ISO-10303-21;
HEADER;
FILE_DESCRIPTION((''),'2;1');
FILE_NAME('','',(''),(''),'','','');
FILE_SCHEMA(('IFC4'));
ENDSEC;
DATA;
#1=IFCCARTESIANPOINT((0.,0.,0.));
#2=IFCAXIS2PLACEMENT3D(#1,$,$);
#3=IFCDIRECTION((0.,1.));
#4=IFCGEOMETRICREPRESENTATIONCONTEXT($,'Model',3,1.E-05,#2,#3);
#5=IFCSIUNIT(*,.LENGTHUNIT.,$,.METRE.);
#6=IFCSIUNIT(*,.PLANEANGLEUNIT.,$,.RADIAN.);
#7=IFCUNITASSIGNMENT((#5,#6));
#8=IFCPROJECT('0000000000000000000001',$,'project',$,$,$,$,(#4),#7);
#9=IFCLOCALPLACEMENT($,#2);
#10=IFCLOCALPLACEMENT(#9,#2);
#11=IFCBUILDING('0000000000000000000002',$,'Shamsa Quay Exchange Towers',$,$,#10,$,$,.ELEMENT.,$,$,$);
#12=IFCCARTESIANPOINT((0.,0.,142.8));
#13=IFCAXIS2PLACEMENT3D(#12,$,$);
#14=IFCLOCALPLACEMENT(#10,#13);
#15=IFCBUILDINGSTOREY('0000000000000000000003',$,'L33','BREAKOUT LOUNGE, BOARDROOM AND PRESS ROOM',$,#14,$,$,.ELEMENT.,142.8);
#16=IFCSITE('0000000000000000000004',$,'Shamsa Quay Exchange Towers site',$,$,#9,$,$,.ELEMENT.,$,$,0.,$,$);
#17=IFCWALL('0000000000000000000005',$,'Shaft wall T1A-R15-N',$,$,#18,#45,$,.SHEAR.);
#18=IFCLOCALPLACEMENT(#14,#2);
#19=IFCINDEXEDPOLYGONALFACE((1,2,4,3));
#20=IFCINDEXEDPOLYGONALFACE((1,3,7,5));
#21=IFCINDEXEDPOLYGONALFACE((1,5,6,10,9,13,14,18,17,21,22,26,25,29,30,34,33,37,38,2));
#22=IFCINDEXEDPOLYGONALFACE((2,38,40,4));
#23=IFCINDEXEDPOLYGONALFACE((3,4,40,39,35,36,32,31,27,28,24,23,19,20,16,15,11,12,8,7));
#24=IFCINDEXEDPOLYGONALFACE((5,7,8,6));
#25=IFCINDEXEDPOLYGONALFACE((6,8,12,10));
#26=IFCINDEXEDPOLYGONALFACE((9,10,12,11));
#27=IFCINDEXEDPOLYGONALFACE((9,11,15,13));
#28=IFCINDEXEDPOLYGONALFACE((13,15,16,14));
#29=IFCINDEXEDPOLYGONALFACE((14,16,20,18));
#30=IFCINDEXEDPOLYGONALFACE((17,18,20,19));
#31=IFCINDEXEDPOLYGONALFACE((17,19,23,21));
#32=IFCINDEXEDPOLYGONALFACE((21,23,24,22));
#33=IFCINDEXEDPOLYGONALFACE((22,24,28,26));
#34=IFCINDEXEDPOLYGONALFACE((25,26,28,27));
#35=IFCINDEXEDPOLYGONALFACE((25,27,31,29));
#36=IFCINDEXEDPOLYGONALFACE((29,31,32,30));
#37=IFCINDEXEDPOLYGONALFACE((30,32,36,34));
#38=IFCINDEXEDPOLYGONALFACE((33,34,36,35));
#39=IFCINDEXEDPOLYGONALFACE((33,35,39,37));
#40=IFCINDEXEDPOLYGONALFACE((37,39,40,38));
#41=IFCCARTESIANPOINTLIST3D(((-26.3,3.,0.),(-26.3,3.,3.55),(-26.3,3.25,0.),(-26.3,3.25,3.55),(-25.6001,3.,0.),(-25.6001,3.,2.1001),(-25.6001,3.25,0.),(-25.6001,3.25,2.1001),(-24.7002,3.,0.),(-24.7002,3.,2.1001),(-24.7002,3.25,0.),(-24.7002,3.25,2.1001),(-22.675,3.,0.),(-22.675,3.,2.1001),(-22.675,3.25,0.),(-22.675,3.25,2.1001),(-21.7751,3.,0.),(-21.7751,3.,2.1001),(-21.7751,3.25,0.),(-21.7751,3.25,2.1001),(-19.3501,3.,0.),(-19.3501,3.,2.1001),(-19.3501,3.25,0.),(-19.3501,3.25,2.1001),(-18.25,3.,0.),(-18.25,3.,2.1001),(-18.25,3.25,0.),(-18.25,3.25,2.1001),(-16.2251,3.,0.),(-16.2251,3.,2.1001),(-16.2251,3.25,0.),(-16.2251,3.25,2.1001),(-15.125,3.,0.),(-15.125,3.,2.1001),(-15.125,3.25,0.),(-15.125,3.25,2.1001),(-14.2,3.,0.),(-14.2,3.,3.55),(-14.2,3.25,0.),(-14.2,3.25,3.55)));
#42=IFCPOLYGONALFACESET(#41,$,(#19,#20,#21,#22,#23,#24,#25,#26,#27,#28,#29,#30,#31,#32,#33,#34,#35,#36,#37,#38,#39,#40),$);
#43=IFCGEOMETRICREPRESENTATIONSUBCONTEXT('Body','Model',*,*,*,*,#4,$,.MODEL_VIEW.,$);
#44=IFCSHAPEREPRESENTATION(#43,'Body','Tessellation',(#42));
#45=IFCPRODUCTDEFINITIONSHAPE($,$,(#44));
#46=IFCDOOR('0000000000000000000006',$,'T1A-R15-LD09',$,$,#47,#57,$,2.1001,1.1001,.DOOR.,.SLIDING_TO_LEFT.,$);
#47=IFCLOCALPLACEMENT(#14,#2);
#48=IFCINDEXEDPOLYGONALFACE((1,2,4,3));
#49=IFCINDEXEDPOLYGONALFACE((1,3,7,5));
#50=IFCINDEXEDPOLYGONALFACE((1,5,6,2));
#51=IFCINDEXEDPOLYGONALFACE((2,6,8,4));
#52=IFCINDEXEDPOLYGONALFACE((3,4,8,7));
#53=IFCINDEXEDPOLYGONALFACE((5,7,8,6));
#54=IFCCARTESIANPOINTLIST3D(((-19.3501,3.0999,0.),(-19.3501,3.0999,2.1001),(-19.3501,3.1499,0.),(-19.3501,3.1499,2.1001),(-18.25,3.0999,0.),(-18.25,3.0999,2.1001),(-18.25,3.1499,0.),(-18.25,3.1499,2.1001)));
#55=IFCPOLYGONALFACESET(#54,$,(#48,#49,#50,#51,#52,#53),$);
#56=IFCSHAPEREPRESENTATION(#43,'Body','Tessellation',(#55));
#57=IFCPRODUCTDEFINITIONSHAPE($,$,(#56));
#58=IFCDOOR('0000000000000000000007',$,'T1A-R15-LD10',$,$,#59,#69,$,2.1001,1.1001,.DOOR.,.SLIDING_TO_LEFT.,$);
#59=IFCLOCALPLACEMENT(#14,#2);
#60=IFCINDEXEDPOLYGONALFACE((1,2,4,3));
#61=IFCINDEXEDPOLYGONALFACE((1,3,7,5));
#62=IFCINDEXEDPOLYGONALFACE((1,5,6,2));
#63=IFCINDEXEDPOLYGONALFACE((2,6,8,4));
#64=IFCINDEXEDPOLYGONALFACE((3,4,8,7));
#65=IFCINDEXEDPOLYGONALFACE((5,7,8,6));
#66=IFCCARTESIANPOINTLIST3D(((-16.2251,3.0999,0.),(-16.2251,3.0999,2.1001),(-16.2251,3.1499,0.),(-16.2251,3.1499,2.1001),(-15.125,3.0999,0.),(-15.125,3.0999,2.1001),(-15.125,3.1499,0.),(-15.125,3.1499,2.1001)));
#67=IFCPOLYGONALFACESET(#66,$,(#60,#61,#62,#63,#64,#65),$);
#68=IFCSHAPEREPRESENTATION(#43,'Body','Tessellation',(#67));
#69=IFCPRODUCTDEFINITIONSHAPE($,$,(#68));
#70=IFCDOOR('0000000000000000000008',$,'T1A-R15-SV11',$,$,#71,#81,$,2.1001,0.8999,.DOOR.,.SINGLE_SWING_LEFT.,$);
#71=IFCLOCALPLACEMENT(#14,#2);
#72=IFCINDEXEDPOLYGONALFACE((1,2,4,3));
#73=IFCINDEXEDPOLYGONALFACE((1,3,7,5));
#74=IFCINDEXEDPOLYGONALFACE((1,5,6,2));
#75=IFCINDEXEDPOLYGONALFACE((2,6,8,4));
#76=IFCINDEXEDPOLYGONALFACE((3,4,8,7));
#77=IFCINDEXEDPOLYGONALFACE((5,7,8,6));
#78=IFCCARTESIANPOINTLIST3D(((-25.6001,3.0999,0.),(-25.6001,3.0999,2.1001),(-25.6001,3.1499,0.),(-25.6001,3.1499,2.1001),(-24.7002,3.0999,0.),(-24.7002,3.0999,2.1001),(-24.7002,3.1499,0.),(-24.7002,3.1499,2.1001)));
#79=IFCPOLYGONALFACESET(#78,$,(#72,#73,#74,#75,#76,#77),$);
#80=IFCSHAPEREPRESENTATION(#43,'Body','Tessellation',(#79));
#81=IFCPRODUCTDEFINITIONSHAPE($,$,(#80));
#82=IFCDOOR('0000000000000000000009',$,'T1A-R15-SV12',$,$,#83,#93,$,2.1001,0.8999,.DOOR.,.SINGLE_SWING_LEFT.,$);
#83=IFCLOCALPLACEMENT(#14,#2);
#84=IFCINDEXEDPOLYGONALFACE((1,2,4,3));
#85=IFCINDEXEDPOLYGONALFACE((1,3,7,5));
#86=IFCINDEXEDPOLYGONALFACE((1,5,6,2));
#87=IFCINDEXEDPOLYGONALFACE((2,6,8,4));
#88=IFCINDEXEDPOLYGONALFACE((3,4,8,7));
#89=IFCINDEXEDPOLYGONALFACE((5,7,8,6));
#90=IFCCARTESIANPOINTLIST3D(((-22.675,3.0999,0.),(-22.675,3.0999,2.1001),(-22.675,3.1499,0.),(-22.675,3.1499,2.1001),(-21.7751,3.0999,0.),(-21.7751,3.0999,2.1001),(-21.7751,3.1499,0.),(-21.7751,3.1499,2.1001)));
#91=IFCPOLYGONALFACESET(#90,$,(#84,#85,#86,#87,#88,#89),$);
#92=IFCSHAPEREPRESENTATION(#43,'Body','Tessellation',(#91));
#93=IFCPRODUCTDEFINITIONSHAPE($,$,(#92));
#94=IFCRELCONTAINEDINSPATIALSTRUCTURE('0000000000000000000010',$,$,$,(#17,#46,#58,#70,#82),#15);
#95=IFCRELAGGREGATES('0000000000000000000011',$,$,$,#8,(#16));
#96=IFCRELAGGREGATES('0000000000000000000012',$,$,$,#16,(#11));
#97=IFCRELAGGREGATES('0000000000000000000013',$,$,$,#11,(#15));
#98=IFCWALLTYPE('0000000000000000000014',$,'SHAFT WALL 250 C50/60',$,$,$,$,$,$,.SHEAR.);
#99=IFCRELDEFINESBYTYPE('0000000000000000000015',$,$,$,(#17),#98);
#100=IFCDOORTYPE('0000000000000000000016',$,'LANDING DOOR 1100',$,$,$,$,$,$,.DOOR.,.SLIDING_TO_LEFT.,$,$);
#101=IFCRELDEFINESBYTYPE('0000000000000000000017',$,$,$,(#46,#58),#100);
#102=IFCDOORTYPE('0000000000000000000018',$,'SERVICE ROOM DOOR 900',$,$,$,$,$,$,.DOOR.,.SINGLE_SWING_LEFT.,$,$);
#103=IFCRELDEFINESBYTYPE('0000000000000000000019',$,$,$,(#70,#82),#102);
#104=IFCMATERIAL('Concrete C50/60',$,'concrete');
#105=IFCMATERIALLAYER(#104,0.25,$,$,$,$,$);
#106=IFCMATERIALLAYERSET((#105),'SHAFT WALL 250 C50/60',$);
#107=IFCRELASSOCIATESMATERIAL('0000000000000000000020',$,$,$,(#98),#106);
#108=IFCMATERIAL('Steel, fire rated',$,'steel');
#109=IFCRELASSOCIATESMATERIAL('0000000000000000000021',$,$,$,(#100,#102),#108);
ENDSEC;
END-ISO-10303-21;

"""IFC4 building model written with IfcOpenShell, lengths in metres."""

from ifc_helpers import new_model, si_unit, direction, frame, frame_2d, origin, place, context, subcontext, project, spatial, rectangle, extrude, material, layer, layer_set, type_object, element, fill, save


model = new_model("IFC4")

# Units and contexts
model_context = context("Model", 3, precision=1e-05, world=origin(), true_north=direction((0.0, 1.0)))
body_context = subcontext(model_context, "Body", "Model", "MODEL_VIEW")
ifc_project = project(units=[si_unit("LENGTHUNIT", "METRE"), si_unit("PLANEANGLEUNIT", "RADIAN")], contexts=[model_context])

# Site, building, storey
site_placement = place(None, origin())
site = spatial("IfcSite", under=ifc_project, at=site_placement, Name="Shamsa Quay Exchange Towers site", CompositionType="ELEMENT", RefElevation=0.0)
building_placement = place(site_placement, origin())
building = spatial("IfcBuilding", under=site, at=building_placement, Name="Shamsa Quay Exchange Towers", CompositionType="ELEMENT")
storey_placement = place(building_placement, frame((0.0, 0.0, 142.8)))
storey = spatial("IfcBuildingStorey", under=building, at=storey_placement, Name="L33", Description="BREAKOUT LOUNGE, BOARDROOM AND PRESS ROOM", CompositionType="ELEMENT", Elevation=142.8)

# Shared definitions
ifc_material_1 = material(Name="Steel, fire rated", Category="steel")

# Wall, openings, doors
ifc_material_2 = material(Name="Concrete C50/60", Category="concrete")
ifc_layer_1 = layer(ifc_material_2, 0.25)
ifc_layer_set_1 = layer_set([ifc_layer_1], Name="SHAFT WALL 250 C50/60")
wall_type_1 = type_object("IfcWallType", Name="SHAFT WALL 250 C50/60", PredefinedType="SHEAR", material=ifc_layer_set_1)
wall_1_placement = place(storey_placement, frame((-26.3, 3.125, 0.0)))
wall_1 = element("IfcWall", 1, at=wall_1_placement, inside=storey, type_object=wall_type_1, Name="Shaft wall T1A-R15-N", PredefinedType="SHEAR", context=body_context, shape_type="SweptSolid", body=[
    extrude(rectangle(XDim=12.1001, YDim=0.25, at=frame_2d((6.05, 0.0))), origin(), (0.0, 0.0, 1.0), 3.55),
])
opening_1_placement = place(wall_1_placement, frame((6.95, 0.0, 0.0)))
opening_1 = element("IfcOpeningElement", 2, at=opening_1_placement, cuts=wall_1, PredefinedType="OPENING", context=body_context, shape_type="SweptSolid", body=[
    extrude(rectangle(XDim=1.1001, YDim=2.1001, at=frame_2d((0.55, 1.05))), frame((0.0, 0.135, 0.0), z_axis=(0.0, -1.0, 0.0), x_axis=(1.0, 0.0, 0.0)), (0.0, 0.0, 1.0), 0.27),
])
opening_2_placement = place(wall_1_placement, frame((10.075, 0.0, 0.0)))
opening_2 = element("IfcOpeningElement", 3, at=opening_2_placement, cuts=wall_1, PredefinedType="OPENING", context=body_context, shape_type="SweptSolid", body=[
    extrude(rectangle(XDim=1.1001, YDim=2.1001, at=frame_2d((0.55, 1.05))), frame((0.0, 0.135, 0.0), z_axis=(0.0, -1.0, 0.0), x_axis=(1.0, 0.0, 0.0)), (0.0, 0.0, 1.0), 0.27),
])
opening_3_placement = place(wall_1_placement, frame((0.7, 0.0, 0.0)))
opening_3 = element("IfcOpeningElement", 4, at=opening_3_placement, cuts=wall_1, PredefinedType="OPENING", context=body_context, shape_type="SweptSolid", body=[
    extrude(rectangle(XDim=0.8999, YDim=2.1001, at=frame_2d((0.45, 1.05))), frame((0.0, 0.135, 0.0), z_axis=(0.0, -1.0, 0.0), x_axis=(1.0, 0.0, 0.0)), (0.0, 0.0, 1.0), 0.27),
])
opening_4_placement = place(wall_1_placement, frame((3.625, 0.0, 0.0)))
opening_4 = element("IfcOpeningElement", 5, at=opening_4_placement, cuts=wall_1, PredefinedType="OPENING", context=body_context, shape_type="SweptSolid", body=[
    extrude(rectangle(XDim=0.8999, YDim=2.1001, at=frame_2d((0.45, 1.05))), frame((0.0, 0.135, 0.0), z_axis=(0.0, -1.0, 0.0), x_axis=(1.0, 0.0, 0.0)), (0.0, 0.0, 1.0), 0.27),
])
door_type_1 = type_object("IfcDoorType", Name="LANDING DOOR 1100", OperationType="SLIDING_TO_LEFT", PredefinedType="DOOR", material=ifc_material_1)
door_1_placement = place(opening_1_placement, origin())
door_1 = element("IfcDoor", 6, at=door_1_placement, inside=storey, type_object=door_type_1, Name="T1A-R15-LD09", OperationType="SLIDING_TO_LEFT", OverallHeight=2.1001, OverallWidth=1.1001, PredefinedType="DOOR", context=body_context, shape_type="SweptSolid", body=[
    extrude(rectangle(XDim=1.1001, YDim=2.1001, at=frame_2d((0.55, 1.05))), frame((0.0, 0.0249, 0.0), z_axis=(0.0, -1.0, 0.0), x_axis=(1.0, 0.0, 0.0)), (0.0, 0.0, 1.0), 0.05),
])
fill(opening_1, door_1)
door_2_placement = place(opening_2_placement, origin())
door_2 = element("IfcDoor", 7, at=door_2_placement, inside=storey, type_object=door_type_1, Name="T1A-R15-LD10", OperationType="SLIDING_TO_LEFT", OverallHeight=2.1001, OverallWidth=1.1001, PredefinedType="DOOR", context=body_context, shape_type="SweptSolid", body=[
    extrude(rectangle(XDim=1.1001, YDim=2.1001, at=frame_2d((0.55, 1.05))), frame((0.0, 0.0249, 0.0), z_axis=(0.0, -1.0, 0.0), x_axis=(1.0, 0.0, 0.0)), (0.0, 0.0, 1.0), 0.05),
])
fill(opening_2, door_2)
door_type_2 = type_object("IfcDoorType", Name="SERVICE ROOM DOOR 900", OperationType="SINGLE_SWING_LEFT", PredefinedType="DOOR", material=ifc_material_1)
door_3_placement = place(opening_3_placement, origin())
door_3 = element("IfcDoor", 8, at=door_3_placement, inside=storey, type_object=door_type_2, Name="T1A-R15-SV11", OperationType="SINGLE_SWING_LEFT", OverallHeight=2.1001, OverallWidth=0.8999, PredefinedType="DOOR", context=body_context, shape_type="SweptSolid", body=[
    extrude(rectangle(XDim=0.8999, YDim=2.1001, at=frame_2d((0.45, 1.05))), frame((0.0, 0.0249, 0.0), z_axis=(0.0, -1.0, 0.0), x_axis=(1.0, 0.0, 0.0)), (0.0, 0.0, 1.0), 0.05),
])
fill(opening_3, door_3)
door_4_placement = place(opening_4_placement, origin())
door_4 = element("IfcDoor", 9, at=door_4_placement, inside=storey, type_object=door_type_2, Name="T1A-R15-SV12", OperationType="SINGLE_SWING_LEFT", OverallHeight=2.1001, OverallWidth=0.8999, PredefinedType="DOOR", context=body_context, shape_type="SweptSolid", body=[
    extrude(rectangle(XDim=0.8999, YDim=2.1001, at=frame_2d((0.45, 1.05))), frame((0.0, 0.0249, 0.0), z_axis=(0.0, -1.0, 0.0), x_axis=(1.0, 0.0, 0.0)), (0.0, 0.0, 1.0), 0.05),
])
fill(opening_4, door_4)

save(model, "model.ifc")
